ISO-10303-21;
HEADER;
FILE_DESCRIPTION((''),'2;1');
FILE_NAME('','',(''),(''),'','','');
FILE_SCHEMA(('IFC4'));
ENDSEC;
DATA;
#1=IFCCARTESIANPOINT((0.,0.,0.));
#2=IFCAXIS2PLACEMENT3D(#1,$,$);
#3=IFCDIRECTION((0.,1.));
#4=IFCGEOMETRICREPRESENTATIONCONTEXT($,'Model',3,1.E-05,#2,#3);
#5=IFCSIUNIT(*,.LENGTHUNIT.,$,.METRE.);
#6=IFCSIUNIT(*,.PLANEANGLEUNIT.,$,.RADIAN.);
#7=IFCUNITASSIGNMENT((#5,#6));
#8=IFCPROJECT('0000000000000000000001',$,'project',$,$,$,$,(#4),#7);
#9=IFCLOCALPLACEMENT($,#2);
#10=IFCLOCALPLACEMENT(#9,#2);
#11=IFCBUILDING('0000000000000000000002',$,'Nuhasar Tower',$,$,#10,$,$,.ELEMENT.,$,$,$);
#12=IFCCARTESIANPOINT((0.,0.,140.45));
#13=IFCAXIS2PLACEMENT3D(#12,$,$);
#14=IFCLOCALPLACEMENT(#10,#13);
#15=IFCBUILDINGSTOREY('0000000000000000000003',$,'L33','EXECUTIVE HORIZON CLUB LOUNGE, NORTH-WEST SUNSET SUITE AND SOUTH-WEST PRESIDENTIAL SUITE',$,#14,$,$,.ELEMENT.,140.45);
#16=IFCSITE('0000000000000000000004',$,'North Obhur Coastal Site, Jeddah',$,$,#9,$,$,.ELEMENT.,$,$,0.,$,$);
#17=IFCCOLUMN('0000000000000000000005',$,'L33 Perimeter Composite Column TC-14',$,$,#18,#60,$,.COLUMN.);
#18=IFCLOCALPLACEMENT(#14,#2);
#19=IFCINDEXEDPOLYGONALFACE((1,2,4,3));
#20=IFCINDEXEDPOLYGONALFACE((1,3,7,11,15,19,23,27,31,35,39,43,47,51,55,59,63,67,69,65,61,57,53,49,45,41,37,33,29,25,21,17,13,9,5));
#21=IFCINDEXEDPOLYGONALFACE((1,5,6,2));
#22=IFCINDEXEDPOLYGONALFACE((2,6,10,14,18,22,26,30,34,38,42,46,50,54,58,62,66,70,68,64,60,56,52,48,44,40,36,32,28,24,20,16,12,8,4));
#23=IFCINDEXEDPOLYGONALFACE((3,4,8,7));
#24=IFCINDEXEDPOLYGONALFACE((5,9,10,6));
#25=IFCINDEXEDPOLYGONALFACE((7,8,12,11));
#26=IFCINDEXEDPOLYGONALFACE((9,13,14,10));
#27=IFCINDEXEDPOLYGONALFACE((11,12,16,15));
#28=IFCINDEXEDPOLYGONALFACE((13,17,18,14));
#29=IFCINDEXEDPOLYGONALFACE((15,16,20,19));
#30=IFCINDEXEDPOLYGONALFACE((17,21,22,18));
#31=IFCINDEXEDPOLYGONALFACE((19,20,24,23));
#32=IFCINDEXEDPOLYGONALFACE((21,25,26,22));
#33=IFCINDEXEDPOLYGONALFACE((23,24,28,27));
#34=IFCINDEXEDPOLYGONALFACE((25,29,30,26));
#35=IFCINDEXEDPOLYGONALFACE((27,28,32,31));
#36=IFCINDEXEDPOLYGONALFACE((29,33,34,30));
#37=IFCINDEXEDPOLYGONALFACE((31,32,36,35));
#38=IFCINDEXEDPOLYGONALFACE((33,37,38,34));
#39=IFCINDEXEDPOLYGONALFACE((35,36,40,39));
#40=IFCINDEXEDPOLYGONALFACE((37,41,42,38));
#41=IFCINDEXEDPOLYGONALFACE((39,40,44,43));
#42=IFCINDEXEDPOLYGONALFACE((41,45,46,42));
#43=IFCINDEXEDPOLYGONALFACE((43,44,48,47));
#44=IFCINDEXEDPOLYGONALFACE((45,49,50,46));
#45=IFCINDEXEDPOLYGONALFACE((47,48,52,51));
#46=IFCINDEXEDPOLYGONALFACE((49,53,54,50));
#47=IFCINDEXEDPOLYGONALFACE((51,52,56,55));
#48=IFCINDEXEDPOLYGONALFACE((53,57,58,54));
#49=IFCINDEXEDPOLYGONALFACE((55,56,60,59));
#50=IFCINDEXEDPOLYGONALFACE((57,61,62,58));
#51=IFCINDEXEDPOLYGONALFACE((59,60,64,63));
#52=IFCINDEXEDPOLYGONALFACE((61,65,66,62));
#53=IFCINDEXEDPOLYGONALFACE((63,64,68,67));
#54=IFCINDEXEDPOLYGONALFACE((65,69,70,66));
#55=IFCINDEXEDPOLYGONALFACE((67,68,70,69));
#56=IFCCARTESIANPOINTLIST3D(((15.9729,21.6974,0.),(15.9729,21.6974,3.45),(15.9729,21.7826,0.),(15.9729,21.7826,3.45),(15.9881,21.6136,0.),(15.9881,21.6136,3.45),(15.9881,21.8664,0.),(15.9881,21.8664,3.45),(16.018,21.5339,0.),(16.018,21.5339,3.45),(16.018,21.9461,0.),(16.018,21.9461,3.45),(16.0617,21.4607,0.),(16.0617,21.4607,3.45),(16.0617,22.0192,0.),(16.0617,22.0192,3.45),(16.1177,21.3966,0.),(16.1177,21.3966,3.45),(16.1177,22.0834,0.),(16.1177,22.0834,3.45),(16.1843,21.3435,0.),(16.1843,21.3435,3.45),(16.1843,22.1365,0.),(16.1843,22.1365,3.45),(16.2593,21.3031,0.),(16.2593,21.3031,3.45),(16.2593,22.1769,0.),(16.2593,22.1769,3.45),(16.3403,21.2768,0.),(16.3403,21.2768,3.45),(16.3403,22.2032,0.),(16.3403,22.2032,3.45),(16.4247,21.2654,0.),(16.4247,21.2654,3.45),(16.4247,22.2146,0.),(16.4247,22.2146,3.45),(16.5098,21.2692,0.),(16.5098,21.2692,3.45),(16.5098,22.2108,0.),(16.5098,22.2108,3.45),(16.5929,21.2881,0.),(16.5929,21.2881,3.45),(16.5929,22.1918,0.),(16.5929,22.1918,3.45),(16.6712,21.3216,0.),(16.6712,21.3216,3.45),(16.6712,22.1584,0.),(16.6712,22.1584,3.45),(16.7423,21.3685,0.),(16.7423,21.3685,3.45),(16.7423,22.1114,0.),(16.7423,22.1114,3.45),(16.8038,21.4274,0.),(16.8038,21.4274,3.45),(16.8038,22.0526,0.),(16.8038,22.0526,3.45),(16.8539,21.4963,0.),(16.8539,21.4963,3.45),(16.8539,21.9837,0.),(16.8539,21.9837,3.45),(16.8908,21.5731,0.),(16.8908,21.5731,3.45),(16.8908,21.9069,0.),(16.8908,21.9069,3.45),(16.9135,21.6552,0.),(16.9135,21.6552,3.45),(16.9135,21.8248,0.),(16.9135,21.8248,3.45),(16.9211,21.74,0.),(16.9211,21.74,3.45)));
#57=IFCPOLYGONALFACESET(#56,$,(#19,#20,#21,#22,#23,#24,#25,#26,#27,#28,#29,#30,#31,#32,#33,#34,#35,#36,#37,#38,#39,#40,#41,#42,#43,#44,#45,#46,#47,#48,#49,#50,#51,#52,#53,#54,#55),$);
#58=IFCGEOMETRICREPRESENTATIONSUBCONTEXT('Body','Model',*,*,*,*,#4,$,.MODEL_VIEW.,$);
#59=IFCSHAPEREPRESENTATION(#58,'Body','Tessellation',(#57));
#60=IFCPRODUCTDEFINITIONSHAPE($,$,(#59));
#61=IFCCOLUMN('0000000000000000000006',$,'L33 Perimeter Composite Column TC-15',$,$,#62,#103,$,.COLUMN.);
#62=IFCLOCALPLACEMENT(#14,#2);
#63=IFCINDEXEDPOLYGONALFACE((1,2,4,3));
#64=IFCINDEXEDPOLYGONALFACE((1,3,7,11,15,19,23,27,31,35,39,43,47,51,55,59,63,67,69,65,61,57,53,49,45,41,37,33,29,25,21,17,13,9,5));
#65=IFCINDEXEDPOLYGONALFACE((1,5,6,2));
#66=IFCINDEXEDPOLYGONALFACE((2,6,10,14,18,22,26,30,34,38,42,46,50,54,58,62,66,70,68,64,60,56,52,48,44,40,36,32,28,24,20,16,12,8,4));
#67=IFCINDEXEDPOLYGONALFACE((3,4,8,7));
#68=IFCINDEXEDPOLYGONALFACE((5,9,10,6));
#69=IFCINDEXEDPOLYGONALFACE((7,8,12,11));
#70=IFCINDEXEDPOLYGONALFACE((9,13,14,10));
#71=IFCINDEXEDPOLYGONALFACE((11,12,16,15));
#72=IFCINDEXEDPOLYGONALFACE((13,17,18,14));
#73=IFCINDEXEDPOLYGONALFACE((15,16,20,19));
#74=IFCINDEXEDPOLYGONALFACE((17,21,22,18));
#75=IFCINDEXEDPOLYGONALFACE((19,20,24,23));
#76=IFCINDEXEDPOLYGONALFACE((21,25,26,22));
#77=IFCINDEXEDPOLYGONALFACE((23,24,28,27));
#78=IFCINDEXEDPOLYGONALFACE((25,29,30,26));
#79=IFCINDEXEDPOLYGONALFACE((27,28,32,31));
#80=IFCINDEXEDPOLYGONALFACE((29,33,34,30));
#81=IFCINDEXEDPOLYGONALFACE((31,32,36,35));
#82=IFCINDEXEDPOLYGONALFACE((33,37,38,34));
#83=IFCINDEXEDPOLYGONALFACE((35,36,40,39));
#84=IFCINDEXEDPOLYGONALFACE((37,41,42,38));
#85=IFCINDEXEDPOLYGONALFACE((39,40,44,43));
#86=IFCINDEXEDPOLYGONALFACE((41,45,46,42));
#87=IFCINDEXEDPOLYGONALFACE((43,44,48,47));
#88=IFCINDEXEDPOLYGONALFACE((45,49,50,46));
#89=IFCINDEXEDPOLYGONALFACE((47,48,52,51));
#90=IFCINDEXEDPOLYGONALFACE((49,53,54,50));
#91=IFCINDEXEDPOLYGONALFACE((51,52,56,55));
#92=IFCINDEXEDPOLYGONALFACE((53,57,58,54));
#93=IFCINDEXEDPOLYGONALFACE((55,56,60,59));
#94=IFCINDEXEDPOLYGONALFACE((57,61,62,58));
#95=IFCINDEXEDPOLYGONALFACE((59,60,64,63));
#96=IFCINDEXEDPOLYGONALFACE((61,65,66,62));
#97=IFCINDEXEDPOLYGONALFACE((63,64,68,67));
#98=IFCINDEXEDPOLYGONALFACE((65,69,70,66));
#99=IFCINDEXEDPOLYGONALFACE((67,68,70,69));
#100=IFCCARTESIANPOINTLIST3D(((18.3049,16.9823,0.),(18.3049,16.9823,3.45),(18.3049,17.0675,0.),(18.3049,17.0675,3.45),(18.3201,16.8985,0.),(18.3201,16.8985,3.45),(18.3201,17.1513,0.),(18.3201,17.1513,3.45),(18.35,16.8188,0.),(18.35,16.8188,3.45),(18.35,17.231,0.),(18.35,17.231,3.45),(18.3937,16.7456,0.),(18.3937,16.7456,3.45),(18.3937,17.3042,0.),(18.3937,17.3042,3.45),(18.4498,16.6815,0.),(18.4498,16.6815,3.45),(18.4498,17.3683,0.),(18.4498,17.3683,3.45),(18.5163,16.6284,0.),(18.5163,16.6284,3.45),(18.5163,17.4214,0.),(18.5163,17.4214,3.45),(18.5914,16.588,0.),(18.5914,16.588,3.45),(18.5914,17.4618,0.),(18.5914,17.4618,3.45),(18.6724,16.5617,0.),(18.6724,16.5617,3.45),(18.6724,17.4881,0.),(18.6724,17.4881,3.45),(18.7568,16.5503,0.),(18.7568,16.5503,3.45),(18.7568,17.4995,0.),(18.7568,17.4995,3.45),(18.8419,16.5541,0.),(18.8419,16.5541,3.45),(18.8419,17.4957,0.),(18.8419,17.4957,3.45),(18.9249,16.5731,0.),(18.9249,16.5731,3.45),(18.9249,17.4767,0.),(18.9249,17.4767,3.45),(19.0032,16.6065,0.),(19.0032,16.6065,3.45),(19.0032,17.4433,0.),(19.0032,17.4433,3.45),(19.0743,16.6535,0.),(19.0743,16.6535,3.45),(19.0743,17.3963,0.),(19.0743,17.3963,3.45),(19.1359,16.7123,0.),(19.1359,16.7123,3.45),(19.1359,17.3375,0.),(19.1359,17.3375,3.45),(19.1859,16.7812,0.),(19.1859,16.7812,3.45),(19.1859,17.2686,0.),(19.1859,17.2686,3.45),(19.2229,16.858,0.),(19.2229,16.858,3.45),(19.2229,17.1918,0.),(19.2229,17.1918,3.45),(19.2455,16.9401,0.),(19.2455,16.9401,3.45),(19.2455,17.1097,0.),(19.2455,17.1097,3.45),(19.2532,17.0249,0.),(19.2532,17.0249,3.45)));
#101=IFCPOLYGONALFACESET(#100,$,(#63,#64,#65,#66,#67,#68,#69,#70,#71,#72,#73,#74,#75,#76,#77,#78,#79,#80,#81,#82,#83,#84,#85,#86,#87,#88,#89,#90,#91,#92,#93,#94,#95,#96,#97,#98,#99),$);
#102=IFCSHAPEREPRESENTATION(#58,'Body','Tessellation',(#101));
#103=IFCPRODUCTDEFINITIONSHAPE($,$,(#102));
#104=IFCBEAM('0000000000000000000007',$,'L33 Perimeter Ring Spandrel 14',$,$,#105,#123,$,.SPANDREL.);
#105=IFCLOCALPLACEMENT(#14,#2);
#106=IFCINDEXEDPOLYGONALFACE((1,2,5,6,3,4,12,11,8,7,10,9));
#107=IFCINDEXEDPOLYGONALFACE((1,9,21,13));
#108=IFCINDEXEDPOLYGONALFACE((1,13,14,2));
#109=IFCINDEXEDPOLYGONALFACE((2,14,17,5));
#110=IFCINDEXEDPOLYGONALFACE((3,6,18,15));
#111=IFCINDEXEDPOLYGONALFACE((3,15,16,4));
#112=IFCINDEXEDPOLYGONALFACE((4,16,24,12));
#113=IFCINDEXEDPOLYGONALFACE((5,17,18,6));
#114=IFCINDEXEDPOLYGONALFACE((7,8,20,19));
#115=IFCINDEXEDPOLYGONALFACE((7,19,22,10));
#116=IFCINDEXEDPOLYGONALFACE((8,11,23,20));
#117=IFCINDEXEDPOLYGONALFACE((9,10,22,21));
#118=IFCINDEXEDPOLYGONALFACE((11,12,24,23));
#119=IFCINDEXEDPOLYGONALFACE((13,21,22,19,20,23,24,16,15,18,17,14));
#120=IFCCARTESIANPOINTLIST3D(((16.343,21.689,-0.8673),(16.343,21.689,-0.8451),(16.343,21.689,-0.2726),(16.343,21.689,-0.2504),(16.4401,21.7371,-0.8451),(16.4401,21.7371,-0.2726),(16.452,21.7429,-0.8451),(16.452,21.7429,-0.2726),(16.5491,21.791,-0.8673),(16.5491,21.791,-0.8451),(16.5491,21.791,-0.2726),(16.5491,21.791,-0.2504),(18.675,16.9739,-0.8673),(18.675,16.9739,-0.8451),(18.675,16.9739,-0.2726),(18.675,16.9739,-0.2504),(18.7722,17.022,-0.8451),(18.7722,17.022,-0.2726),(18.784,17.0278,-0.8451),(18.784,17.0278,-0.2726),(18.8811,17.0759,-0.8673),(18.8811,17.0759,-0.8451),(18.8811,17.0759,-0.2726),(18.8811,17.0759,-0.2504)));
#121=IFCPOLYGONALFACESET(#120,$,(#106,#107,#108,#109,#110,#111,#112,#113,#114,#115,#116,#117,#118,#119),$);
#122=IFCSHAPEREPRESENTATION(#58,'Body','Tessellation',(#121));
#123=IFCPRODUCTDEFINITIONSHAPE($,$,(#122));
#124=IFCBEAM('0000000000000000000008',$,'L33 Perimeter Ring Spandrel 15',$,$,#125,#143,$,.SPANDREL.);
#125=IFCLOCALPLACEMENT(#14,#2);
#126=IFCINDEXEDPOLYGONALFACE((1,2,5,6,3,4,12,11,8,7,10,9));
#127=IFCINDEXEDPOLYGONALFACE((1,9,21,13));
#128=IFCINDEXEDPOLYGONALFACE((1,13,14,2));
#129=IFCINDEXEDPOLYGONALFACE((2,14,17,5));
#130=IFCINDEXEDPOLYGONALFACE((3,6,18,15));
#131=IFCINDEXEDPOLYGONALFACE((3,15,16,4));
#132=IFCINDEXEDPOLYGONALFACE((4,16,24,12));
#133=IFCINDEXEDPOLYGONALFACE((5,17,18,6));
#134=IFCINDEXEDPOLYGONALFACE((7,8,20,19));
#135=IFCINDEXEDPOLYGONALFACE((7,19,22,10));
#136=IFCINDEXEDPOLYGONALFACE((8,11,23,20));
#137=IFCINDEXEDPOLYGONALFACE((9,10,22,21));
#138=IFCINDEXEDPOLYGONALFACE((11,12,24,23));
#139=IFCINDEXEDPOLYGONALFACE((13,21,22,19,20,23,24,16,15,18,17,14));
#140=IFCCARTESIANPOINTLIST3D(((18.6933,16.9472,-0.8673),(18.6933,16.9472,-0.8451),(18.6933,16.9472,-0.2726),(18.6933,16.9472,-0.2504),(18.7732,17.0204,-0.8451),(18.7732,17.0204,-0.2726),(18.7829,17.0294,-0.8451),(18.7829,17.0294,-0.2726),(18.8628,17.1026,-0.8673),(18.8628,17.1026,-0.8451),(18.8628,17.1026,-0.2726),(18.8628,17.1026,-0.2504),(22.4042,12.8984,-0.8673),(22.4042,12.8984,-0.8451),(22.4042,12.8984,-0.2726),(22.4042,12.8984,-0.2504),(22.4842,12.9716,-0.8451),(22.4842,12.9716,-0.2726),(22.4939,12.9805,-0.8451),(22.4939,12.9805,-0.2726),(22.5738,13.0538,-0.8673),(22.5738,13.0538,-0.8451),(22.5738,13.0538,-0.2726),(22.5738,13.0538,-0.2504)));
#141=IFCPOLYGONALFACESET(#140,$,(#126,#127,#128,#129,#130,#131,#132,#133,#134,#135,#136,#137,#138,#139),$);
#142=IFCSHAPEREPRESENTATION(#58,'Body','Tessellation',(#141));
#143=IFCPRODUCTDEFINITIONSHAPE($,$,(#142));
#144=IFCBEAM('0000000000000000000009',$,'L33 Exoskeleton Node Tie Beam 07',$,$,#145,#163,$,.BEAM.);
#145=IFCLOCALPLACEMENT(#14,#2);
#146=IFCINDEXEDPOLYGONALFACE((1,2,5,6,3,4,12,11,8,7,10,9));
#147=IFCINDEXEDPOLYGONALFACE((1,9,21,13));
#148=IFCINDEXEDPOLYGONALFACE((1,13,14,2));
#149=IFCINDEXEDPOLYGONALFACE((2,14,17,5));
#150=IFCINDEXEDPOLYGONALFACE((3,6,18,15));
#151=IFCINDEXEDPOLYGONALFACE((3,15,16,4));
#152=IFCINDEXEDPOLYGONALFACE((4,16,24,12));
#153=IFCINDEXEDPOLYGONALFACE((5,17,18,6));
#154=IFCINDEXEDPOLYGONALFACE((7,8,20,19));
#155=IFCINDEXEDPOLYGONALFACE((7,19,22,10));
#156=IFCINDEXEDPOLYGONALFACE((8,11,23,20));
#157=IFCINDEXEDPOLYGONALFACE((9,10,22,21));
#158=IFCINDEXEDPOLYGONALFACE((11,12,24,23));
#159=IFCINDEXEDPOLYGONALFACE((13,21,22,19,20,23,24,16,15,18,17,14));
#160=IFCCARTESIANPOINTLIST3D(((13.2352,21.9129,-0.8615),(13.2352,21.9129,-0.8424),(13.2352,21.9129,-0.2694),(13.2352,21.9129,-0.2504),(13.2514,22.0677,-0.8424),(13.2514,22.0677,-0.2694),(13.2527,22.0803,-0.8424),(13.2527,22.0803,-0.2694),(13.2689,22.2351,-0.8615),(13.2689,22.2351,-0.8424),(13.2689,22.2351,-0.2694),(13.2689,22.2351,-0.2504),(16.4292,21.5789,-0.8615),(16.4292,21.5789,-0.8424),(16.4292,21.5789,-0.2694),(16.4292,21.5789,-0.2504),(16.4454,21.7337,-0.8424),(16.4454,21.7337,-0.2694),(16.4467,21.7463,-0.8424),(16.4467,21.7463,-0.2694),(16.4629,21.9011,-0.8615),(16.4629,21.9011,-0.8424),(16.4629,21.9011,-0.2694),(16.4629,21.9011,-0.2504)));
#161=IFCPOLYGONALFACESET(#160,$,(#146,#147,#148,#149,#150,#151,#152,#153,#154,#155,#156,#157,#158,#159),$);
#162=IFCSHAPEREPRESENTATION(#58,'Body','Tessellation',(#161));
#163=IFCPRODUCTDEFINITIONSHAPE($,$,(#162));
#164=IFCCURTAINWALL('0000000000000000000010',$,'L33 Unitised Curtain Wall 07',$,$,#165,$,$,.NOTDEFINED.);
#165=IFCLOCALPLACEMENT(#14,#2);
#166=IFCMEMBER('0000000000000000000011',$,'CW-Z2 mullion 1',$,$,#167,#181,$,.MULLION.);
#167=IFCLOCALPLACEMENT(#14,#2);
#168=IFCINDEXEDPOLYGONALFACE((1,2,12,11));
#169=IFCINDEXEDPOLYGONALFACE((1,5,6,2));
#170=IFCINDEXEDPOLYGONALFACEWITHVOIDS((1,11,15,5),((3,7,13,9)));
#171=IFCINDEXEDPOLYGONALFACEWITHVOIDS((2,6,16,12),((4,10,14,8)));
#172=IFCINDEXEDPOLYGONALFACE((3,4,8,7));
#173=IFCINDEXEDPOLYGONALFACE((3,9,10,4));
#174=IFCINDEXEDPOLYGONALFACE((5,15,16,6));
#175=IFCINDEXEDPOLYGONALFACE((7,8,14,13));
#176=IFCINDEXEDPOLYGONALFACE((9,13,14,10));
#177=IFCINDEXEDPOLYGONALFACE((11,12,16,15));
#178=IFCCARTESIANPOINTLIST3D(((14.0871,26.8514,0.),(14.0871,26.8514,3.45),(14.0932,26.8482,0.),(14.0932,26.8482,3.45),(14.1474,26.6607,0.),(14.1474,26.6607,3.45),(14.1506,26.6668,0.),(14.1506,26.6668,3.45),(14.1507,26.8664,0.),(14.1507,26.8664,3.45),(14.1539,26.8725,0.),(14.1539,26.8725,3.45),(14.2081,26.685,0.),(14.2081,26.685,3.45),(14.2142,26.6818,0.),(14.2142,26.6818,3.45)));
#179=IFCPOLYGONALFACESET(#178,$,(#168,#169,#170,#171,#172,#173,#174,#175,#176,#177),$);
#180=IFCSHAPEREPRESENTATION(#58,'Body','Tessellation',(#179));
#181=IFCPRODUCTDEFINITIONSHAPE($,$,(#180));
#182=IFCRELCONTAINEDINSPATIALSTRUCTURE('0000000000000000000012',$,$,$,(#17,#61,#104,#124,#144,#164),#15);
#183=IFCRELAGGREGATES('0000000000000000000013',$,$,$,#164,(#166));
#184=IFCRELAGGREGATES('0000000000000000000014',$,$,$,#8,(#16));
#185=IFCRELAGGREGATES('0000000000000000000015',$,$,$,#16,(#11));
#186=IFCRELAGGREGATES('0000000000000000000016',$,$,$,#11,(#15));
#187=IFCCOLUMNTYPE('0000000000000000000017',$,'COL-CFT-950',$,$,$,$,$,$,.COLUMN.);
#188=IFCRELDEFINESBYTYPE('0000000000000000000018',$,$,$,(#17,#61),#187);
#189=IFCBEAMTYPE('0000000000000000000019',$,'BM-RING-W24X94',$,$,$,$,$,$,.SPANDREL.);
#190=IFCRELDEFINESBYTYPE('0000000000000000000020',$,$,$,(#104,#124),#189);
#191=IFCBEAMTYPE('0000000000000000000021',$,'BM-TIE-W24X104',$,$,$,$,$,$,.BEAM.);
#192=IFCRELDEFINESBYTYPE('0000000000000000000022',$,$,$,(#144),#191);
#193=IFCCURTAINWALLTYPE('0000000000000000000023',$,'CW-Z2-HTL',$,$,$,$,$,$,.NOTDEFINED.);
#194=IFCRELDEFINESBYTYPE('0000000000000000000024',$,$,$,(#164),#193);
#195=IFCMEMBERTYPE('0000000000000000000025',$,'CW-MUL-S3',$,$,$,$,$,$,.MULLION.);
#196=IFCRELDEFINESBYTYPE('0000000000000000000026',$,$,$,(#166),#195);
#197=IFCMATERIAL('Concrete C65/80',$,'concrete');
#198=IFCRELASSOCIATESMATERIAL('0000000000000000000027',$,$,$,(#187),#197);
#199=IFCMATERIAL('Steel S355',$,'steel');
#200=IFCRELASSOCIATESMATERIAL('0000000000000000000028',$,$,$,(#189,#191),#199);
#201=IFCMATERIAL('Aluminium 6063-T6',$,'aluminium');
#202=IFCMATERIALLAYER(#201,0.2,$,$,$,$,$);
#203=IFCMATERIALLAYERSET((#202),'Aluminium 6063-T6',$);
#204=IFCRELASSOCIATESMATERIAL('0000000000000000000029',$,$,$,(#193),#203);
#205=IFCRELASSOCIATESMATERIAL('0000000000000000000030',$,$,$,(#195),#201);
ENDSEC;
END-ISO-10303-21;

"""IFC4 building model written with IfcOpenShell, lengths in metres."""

from ifc_helpers import new_model, si_unit, direction, frame, origin, origin_2d, place, context, subcontext, project, spatial, hollow_rectangle, circle, i_section, extrude, material, layer, layer_set, material_profile, profile_set, type_object, element, aggregate, save


model = new_model("IFC4")

# Units and contexts
model_context = context("Model", 3, precision=1e-05, world=origin(), true_north=direction((0.0, 1.0)))
body_context = subcontext(model_context, "Body", "Model", "MODEL_VIEW")
ifc_project = project(units=[si_unit("LENGTHUNIT", "METRE"), si_unit("PLANEANGLEUNIT", "RADIAN")], contexts=[model_context])

# Site, building, storey
site_placement = place(None, origin())
site = spatial("IfcSite", under=ifc_project, at=site_placement, Name="North Obhur Coastal Site, Jeddah", CompositionType="ELEMENT", RefElevation=0.0)
building_placement = place(site_placement, origin())
building = spatial("IfcBuilding", under=site, at=building_placement, Name="Nuhasar Tower", CompositionType="ELEMENT")
storey_placement = place(building_placement, frame((0.0, 0.0, 140.45)))
storey = spatial("IfcBuildingStorey", under=building, at=storey_placement, Name="L33", Description="EXECUTIVE HORIZON CLUB LOUNGE, NORTH-WEST SUNSET SUITE AND SOUTH-WEST PRESIDENTIAL SUITE", CompositionType="ELEMENT", Elevation=140.45)

# Columns
ifc_material_1 = material(Name="Concrete C65/80", Category="concrete")
ifc_material_profile_1 = material_profile(ifc_material_1, circle(Radius=0.4751, at=origin_2d()), Name="CFT950")
ifc_profile_set_1 = profile_set([ifc_material_profile_1], Name="Concrete C65/80")
column_type = type_object("IfcColumnType", Name="COL-CFT-950", PredefinedType="COLUMN", material=ifc_profile_set_1)
for number, where, z_axis, x_axis, name in (
    (1, (16.446, 21.74, 0.0), (0.0, 0.0, 1.0), (1.0, 0.0, 0.0), "L33 Perimeter Composite Column TC-14"),
    (2, (18.7781, 17.0249, 0.0), (0.0, 0.0, 1.0), (1.0, 0.0, 0.0), "L33 Perimeter Composite Column TC-15"),
):
    element("IfcColumn", number, at=place(storey_placement, frame(where, z_axis=z_axis, x_axis=x_axis)), inside=storey, type_object=column_type, Name=name, PredefinedType="COLUMN", context=body_context, shape_type="SweptSolid", body=[
        extrude(circle(Radius=0.4751, at=origin_2d()), origin(), (0.0, 0.0, 1.0), 3.45),
    ])

# Beams
ifc_material_2 = material(Name="Steel S355", Category="steel")
ifc_material_profile_2 = material_profile(ifc_material_2, i_section(OverallWidth=0.23, OverallDepth=0.6169, WebThickness=0.0132, FlangeThickness=0.0222, at=origin_2d()), Name="W24X94")
ifc_profile_set_2 = profile_set([ifc_material_profile_2], Name="Steel S355")
beam_type_1 = type_object("IfcBeamType", Name="BM-RING-W24X94", PredefinedType="SPANDREL", material=ifc_profile_set_2)
beam_1_placement = place(storey_placement, frame((16.446, 21.74, -0.5588), z_axis=(0.443329, -0.896359, 0.0), x_axis=(0.896359, 0.443329, 0.0)))
element("IfcBeam", 3, at=beam_1_placement, inside=storey, type_object=beam_type_1, Name="L33 Perimeter Ring Spandrel 14", PredefinedType="SPANDREL", context=body_context, shape_type="SweptSolid", body=[
    extrude(i_section(OverallWidth=0.23, OverallDepth=0.6169, WebThickness=0.0132, FlangeThickness=0.0222, at=origin_2d()), origin(), (0.0, 0.0, 1.0), 5.2603),
])
beam_2_placement = place(storey_placement, frame((18.7781, 17.0249, -0.5588), z_axis=(0.675676, -0.737198, 0.0), x_axis=(0.737198, 0.675676, 0.0)))
element("IfcBeam", 4, at=beam_2_placement, inside=storey, type_object=beam_type_1, Name="L33 Perimeter Ring Spandrel 15", PredefinedType="SPANDREL", context=body_context, shape_type="SweptSolid", body=[
    extrude(i_section(OverallWidth=0.23, OverallDepth=0.6169, WebThickness=0.0132, FlangeThickness=0.0222, at=origin_2d()), origin(), (0.0, 0.0, 1.0), 5.4922),
])
ifc_material_profile_3 = material_profile(ifc_material_2, i_section(OverallWidth=0.324, OverallDepth=0.6111, WebThickness=0.0127, FlangeThickness=0.019, at=origin_2d()), Name="W24X104")
ifc_profile_set_3 = profile_set([ifc_material_profile_3], Name="Steel S355")
beam_type_2 = type_object("IfcBeamType", Name="BM-TIE-W24X104", PredefinedType="BEAM", material=ifc_profile_set_3)
beam_3_placement = place(storey_placement, frame((16.446, 21.74, -0.5559), z_axis=(-0.994578, 0.103996, 0.0), x_axis=(-0.103996, -0.994578, 0.0)))
element("IfcBeam", 5, at=beam_3_placement, inside=storey, type_object=beam_type_2, Name="L33 Exoskeleton Node Tie Beam 07", PredefinedType="BEAM", context=body_context, shape_type="SweptSolid", body=[
    extrude(i_section(OverallWidth=0.324, OverallDepth=0.6111, WebThickness=0.0127, FlangeThickness=0.019, at=origin_2d()), origin(), (0.0, 0.0, 1.0), 3.2114),
])

# Curtain wall, member
ifc_material_3 = material(Name="Aluminium 6063-T6", Category="aluminium")
ifc_layer_1 = layer(ifc_material_3, 0.2)
ifc_layer_set_1 = layer_set([ifc_layer_1], Name="Aluminium 6063-T6")
curtain_wall_type = type_object("IfcCurtainWallType", Name="CW-Z2-HTL", PredefinedType="NOTDEFINED", material=ifc_layer_set_1)
curtain_wall_1_placement = place(storey_placement, origin())
curtain_wall_1 = element("IfcCurtainWall", 6, at=curtain_wall_1_placement, inside=storey, type_object=curtain_wall_type, Name="L33 Unitised Curtain Wall 07", PredefinedType="NOTDEFINED")
ifc_material_profile_4 = material_profile(ifc_material_3, hollow_rectangle(XDim=0.0701, YDim=0.2, WallThickness=0.0049, at=origin_2d()), Name="CWM-3")
ifc_profile_set_4 = profile_set([ifc_material_profile_4], Name="Aluminium 6063-T6")
member_type_1 = type_object("IfcMemberType", Name="CW-MUL-S3", PredefinedType="MULLION", material=ifc_profile_set_4)
member_1_placement = place(storey_placement, frame((14.1506, 26.7666, 0.0), z_axis=(0.0, 0.0, 1.0), x_axis=(0.953433, 0.301604, 0.0)))
member_1 = element("IfcMember", 7, at=member_1_placement, type_object=member_type_1, Name="CW-Z2 mullion 1", PredefinedType="MULLION", context=body_context, shape_type="SweptSolid", body=[
    extrude(hollow_rectangle(XDim=0.0701, YDim=0.2, WallThickness=0.0049, at=origin_2d()), origin(), (0.0, 0.0, 1.0), 3.45),
])

aggregate(curtain_wall_1, [member_1])

save(model, "model.ifc")
